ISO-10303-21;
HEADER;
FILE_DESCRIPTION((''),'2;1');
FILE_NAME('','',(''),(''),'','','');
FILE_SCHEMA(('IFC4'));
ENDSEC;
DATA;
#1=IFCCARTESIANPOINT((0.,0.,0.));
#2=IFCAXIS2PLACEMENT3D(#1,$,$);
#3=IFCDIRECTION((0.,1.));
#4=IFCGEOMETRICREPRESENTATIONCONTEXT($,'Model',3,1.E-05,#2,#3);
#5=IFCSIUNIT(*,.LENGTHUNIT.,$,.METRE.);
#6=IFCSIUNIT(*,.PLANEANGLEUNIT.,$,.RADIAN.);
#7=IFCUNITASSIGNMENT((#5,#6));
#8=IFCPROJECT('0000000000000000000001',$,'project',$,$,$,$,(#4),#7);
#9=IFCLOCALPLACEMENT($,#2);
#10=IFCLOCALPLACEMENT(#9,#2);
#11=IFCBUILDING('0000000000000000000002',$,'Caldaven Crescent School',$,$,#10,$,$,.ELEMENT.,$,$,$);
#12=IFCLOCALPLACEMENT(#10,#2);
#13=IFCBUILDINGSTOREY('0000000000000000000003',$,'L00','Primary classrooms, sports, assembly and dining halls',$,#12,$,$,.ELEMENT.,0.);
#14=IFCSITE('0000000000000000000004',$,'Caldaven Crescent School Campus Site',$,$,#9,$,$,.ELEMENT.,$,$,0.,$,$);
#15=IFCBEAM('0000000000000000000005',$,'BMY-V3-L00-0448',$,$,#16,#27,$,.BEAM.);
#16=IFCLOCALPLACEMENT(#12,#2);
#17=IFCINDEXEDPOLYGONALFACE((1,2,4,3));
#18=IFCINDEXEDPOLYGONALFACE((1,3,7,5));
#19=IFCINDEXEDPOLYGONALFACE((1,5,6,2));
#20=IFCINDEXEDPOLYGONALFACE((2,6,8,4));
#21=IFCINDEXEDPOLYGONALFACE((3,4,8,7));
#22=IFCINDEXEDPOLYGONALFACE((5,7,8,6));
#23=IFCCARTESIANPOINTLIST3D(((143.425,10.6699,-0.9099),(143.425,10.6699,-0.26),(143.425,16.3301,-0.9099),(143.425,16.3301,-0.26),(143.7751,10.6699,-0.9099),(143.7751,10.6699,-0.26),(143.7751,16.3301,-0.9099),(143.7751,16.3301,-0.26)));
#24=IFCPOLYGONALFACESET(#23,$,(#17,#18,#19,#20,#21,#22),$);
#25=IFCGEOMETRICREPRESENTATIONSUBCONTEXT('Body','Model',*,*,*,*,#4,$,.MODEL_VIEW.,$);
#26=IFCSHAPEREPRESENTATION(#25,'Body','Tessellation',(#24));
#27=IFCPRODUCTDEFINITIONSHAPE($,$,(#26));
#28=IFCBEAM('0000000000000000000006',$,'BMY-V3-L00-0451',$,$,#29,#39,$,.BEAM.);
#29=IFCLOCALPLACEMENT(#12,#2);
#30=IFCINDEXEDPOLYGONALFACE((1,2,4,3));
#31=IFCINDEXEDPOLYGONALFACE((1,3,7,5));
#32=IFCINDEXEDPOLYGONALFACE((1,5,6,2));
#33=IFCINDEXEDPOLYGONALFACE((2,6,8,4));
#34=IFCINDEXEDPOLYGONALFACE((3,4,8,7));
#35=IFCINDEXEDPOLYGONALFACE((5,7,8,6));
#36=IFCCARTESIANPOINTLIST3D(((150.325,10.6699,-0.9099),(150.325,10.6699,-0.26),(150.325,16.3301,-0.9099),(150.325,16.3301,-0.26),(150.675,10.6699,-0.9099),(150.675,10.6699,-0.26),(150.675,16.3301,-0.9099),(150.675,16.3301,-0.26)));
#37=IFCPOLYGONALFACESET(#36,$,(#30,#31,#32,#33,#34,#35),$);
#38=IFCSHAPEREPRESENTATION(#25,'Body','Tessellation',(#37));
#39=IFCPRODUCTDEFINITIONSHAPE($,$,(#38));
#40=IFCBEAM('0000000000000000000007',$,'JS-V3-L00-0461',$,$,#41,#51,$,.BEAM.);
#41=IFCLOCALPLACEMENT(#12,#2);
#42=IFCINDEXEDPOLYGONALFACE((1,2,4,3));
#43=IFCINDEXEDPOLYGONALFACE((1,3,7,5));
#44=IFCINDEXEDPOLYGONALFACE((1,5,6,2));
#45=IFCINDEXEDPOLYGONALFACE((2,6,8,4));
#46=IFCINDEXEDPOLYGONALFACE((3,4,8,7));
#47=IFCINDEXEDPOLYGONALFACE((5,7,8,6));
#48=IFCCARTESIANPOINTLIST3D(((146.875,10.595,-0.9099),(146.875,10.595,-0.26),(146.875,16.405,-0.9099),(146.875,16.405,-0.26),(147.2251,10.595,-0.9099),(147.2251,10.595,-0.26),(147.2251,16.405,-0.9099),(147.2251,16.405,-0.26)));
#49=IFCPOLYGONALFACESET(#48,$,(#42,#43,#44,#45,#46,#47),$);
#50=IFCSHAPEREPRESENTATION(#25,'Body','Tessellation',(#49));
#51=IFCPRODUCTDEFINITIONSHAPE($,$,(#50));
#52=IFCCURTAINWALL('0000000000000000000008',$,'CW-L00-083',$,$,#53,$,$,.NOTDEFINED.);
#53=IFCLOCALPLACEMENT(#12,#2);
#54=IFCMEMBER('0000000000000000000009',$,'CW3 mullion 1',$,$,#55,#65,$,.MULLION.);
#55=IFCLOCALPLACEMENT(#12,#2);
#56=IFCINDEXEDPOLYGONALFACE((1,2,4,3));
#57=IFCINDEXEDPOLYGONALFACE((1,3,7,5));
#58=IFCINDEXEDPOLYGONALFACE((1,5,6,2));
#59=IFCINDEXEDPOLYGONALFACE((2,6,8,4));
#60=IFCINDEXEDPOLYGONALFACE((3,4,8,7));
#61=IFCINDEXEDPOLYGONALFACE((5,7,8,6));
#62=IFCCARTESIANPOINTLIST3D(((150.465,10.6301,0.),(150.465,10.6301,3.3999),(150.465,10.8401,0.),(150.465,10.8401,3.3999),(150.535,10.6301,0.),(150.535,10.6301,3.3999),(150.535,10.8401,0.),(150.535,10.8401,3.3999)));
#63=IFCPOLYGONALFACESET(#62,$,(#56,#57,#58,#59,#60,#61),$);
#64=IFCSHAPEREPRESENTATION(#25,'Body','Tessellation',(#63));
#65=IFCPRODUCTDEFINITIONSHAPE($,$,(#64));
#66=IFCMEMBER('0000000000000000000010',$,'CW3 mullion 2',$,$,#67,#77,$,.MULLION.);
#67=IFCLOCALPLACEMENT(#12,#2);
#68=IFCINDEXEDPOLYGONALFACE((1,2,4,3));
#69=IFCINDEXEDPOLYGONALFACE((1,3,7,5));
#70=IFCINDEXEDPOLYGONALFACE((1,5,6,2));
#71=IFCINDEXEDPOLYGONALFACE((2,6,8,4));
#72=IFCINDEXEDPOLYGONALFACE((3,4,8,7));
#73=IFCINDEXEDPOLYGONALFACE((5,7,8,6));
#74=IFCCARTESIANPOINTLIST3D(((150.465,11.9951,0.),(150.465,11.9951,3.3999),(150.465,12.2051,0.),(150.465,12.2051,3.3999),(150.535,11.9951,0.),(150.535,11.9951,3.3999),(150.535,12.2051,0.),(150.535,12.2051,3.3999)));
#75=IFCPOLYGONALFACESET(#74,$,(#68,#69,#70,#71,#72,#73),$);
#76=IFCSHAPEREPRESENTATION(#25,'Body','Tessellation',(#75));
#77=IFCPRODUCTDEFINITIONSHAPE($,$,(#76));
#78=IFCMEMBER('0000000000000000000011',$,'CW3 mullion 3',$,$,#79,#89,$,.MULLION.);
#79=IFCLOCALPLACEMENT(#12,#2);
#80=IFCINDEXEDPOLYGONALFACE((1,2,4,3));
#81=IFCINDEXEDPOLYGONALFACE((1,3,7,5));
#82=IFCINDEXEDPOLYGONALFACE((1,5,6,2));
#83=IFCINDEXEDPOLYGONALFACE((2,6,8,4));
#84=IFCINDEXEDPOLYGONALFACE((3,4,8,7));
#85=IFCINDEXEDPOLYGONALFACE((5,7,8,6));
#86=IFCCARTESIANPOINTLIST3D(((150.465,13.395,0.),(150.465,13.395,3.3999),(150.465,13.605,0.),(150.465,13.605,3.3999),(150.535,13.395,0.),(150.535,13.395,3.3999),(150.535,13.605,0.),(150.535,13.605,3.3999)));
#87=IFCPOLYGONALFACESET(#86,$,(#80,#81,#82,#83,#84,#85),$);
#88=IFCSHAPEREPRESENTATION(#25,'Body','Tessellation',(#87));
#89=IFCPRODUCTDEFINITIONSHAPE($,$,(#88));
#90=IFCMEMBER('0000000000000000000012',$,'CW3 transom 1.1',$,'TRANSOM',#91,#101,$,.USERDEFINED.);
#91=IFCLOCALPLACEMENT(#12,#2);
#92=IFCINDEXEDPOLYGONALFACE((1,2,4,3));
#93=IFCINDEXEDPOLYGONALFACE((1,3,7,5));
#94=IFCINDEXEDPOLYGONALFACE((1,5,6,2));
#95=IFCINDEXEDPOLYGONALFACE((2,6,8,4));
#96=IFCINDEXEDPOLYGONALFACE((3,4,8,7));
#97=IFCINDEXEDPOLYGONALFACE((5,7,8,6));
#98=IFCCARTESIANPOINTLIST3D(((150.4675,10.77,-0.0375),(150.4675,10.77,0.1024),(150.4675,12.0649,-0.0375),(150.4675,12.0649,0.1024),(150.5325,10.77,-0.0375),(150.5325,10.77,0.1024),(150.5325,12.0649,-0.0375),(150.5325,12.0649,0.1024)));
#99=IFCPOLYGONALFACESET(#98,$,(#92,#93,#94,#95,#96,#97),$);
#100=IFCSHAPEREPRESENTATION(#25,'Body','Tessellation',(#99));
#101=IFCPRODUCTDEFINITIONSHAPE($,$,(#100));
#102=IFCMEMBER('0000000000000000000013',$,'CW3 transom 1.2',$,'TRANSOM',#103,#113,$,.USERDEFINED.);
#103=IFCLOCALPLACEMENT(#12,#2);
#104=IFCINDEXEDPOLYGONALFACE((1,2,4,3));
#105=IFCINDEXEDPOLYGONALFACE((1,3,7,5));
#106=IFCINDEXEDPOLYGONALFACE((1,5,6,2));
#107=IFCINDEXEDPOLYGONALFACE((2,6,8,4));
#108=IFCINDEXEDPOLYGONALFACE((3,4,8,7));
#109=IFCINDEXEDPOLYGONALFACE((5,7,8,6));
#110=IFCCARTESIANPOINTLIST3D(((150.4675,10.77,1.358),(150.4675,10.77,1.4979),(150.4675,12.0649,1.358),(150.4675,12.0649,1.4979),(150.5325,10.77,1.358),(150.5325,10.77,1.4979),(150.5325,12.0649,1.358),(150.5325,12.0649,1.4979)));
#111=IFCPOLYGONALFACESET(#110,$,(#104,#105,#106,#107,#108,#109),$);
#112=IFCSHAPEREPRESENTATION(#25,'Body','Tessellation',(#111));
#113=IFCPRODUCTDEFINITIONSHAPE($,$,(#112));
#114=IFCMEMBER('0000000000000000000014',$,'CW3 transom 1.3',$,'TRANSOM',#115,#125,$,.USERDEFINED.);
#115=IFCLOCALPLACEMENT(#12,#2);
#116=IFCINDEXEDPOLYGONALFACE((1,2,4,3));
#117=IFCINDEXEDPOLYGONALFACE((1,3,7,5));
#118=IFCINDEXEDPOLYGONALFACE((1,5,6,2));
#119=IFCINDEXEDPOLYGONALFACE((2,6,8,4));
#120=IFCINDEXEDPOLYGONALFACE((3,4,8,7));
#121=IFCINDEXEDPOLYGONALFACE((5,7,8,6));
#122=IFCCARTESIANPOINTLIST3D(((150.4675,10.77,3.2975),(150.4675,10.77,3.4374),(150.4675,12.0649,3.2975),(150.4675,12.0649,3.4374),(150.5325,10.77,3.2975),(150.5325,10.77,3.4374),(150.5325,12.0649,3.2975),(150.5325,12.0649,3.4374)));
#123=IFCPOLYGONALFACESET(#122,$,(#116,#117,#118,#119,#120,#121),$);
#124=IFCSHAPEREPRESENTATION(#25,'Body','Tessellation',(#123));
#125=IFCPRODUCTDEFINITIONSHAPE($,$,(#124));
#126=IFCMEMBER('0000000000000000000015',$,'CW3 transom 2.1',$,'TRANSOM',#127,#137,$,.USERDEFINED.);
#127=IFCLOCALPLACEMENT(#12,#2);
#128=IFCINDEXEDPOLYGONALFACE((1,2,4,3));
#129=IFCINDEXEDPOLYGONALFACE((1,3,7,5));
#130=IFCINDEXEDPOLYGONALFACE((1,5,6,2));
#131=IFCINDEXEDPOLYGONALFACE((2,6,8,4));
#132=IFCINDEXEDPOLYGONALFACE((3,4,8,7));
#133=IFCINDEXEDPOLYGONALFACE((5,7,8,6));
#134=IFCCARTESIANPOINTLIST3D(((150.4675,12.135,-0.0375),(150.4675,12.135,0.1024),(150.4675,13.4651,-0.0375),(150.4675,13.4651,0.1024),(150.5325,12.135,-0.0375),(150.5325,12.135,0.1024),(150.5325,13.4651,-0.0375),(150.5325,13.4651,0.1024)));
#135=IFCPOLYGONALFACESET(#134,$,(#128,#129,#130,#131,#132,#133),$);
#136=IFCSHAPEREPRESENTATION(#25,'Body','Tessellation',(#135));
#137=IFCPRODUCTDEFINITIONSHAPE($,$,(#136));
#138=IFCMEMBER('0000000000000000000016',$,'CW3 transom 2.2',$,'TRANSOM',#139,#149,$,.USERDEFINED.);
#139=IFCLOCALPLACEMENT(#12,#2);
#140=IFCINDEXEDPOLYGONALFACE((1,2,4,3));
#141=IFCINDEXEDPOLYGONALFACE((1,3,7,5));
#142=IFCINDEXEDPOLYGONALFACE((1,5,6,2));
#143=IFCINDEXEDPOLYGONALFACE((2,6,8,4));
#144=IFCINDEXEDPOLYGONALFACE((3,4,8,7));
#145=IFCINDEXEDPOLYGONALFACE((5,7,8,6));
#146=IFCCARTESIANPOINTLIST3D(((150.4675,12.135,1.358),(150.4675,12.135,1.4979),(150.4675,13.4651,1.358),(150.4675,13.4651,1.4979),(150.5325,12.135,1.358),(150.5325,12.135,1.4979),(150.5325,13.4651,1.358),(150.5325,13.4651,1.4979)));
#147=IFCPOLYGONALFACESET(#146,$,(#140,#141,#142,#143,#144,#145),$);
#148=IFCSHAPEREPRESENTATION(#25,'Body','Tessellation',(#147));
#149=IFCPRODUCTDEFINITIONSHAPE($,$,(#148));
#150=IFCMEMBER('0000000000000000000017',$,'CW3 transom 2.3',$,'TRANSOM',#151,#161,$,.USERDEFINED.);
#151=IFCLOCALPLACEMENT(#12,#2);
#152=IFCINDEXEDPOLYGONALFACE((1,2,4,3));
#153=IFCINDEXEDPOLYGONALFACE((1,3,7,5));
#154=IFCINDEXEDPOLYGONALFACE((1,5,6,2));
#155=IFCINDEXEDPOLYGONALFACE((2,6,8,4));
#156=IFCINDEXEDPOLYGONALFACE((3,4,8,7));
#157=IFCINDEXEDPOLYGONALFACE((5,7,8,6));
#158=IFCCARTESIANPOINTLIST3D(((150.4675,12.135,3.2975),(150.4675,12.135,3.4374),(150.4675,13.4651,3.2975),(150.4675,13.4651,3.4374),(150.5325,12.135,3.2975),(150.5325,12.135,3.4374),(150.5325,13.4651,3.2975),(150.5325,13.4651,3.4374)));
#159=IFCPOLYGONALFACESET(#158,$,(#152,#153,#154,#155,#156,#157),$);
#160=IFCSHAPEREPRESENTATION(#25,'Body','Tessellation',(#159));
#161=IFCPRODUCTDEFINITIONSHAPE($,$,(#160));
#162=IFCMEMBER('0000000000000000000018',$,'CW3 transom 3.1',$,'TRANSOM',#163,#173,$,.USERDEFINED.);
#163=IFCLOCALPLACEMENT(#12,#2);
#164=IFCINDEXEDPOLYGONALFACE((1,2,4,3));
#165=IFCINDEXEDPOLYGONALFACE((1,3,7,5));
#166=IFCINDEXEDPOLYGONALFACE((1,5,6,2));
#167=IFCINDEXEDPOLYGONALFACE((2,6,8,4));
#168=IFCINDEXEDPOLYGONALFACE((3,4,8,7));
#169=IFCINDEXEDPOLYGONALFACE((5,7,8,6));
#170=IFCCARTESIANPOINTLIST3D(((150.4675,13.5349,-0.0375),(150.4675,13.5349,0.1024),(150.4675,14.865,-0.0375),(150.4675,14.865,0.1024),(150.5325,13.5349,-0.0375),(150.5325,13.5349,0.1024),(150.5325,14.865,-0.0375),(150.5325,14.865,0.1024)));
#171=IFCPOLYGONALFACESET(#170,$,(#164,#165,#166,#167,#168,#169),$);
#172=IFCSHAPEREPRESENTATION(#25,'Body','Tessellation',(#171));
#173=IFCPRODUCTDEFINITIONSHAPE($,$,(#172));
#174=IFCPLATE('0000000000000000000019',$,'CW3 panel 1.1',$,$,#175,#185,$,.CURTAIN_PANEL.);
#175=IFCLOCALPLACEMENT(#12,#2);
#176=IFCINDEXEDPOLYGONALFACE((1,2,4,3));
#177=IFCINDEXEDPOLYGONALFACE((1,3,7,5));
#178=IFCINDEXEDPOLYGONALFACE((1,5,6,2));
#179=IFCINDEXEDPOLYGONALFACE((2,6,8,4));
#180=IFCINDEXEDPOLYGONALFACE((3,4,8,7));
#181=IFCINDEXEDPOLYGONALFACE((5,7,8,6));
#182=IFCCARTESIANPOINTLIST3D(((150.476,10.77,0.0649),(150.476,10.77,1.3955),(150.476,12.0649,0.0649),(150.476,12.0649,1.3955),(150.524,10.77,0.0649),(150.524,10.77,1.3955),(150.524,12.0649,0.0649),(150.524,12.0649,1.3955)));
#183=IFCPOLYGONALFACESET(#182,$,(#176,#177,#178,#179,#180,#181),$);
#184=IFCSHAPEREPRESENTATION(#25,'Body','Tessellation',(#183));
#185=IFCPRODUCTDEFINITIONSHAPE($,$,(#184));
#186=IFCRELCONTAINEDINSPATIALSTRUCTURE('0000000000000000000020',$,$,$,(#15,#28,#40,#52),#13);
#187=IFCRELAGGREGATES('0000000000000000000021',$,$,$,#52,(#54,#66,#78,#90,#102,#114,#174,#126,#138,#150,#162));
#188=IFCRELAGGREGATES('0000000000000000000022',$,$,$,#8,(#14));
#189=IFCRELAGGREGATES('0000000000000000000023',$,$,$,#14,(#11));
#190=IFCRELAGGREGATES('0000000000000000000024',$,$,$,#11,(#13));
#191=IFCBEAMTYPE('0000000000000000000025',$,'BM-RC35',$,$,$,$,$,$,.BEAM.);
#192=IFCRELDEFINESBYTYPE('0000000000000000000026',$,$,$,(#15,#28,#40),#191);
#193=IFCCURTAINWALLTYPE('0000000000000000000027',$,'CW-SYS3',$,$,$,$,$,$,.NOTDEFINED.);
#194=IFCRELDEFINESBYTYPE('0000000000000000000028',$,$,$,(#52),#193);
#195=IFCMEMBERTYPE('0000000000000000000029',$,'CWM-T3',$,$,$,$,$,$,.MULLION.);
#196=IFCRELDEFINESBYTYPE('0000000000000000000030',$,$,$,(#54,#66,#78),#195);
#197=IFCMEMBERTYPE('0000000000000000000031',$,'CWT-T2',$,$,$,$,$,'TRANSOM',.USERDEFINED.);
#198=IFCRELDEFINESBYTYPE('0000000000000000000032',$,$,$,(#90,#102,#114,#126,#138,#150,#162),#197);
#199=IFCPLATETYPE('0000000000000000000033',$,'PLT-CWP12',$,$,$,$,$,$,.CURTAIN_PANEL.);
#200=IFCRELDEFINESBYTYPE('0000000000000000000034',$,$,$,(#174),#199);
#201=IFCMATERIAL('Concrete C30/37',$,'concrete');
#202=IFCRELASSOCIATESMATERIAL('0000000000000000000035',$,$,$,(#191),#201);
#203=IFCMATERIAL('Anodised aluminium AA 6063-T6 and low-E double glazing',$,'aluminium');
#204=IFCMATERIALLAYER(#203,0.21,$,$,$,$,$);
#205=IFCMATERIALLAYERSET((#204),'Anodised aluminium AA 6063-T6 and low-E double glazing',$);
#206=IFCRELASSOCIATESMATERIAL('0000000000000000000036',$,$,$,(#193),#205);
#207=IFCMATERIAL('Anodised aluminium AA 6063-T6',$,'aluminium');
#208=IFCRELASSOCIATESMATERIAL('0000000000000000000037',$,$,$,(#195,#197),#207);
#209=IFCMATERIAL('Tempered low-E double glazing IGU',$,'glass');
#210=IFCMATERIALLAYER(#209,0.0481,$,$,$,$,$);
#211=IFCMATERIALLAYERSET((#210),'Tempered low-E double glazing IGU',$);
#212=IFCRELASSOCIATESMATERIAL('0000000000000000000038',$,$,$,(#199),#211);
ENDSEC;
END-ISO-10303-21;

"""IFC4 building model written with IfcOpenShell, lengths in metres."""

from ifc_helpers import new_model, si_unit, direction, frame, origin, origin_2d, place, context, subcontext, project, spatial, rectangle, extrude, material, layer, layer_set, material_profile, profile_set, type_object, element, aggregate, save


model = new_model("IFC4")

# Units and contexts
model_context = context("Model", 3, precision=1e-05, world=origin(), true_north=direction((0.0, 1.0)))
body_context = subcontext(model_context, "Body", "Model", "MODEL_VIEW")
ifc_project = project(units=[si_unit("LENGTHUNIT", "METRE"), si_unit("PLANEANGLEUNIT", "RADIAN")], contexts=[model_context])

# Site, building, storey
site_placement = place(None, origin())
site = spatial("IfcSite", under=ifc_project, at=site_placement, Name="Caldaven Crescent School Campus Site", CompositionType="ELEMENT", RefElevation=0.0)
building_placement = place(site_placement, origin())
building = spatial("IfcBuilding", under=site, at=building_placement, Name="Caldaven Crescent School", CompositionType="ELEMENT")
storey_placement = place(building_placement, origin())
storey = spatial("IfcBuildingStorey", under=building, at=storey_placement, Name="L00", Description="Primary classrooms, sports, assembly and dining halls", CompositionType="ELEMENT", Elevation=0.0)

# Beams
ifc_material_1 = material(Name="Concrete C30/37", Category="concrete")
ifc_material_profile_1 = material_profile(ifc_material_1, rectangle(XDim=0.3501, YDim=0.6499, at=origin_2d()), Name="RC 350x650")
ifc_profile_set_1 = profile_set([ifc_material_profile_1], Name="Concrete C30/37")
beam_type = type_object("IfcBeamType", Name="BM-RC35", PredefinedType="BEAM", material=ifc_profile_set_1)
for number, where, z_axis, x_axis, name in (
    (1, (143.6001, 10.6699, -0.585), (0.0, 1.0, 0.0), (-1.0, 0.0, 0.0), "BMY-V3-L00-0448"),
    (2, (150.5, 10.6699, -0.585), (0.0, 1.0, 0.0), (-1.0, 0.0, 0.0), "BMY-V3-L00-0451"),
):
    element("IfcBeam", number, at=place(storey_placement, frame(where, z_axis=z_axis, x_axis=x_axis)), inside=storey, type_object=beam_type, Name=name, PredefinedType="BEAM", context=body_context, shape_type="SweptSolid", body=[
        extrude(rectangle(XDim=0.3501, YDim=0.6499, at=origin_2d()), origin(), (0.0, 0.0, 1.0), 5.6602),
    ])
beam_placement = place(storey_placement, frame((147.05, 10.595, -0.585), z_axis=(0.0, 1.0, 0.0), x_axis=(-1.0, 0.0, 0.0)))
element("IfcBeam", 3, at=beam_placement, inside=storey, type_object=beam_type, Name="JS-V3-L00-0461", PredefinedType="BEAM", context=body_context, shape_type="SweptSolid", body=[
    extrude(rectangle(XDim=0.3501, YDim=0.6499, at=origin_2d()), origin(), (0.0, 0.0, 1.0), 5.8101),
])

# Curtain wall, members, plate
ifc_material_2 = material(Name="Anodised aluminium AA 6063-T6 and low-E double glazing", Category="aluminium")
ifc_layer_1 = layer(ifc_material_2, 0.21)
ifc_layer_set_1 = layer_set([ifc_layer_1], Name="Anodised aluminium AA 6063-T6 and low-E double glazing")
curtain_wall_type = type_object("IfcCurtainWallType", Name="CW-SYS3", PredefinedType="NOTDEFINED", material=ifc_layer_set_1)
curtain_wall_placement = place(storey_placement, origin())
curtain_wall = element("IfcCurtainWall", 4, at=curtain_wall_placement, inside=storey, type_object=curtain_wall_type, Name="CW-L00-083", PredefinedType="NOTDEFINED")
ifc_material_3 = material(Name="Anodised aluminium AA 6063-T6", Category="aluminium")
ifc_material_profile_2 = material_profile(ifc_material_3, rectangle(XDim=0.0701, YDim=0.21, at=origin_2d()), Name="CWM 70x210")
ifc_profile_set_2 = profile_set([ifc_material_profile_2], Name="Anodised aluminium AA 6063-T6")
member_type_1 = type_object("IfcMemberType", Name="CWM-T3", PredefinedType="MULLION", material=ifc_profile_set_2)
member_1_placement = place(storey_placement, frame((150.5, 10.7351, 0.0), z_axis=(0.0, 0.0, 1.0), x_axis=(-1.0, 0.0, 0.0)))
member_1 = element("IfcMember", 5, at=member_1_placement, type_object=member_type_1, Name="CW3 mullion 1", PredefinedType="MULLION", context=body_context, shape_type="SweptSolid", body=[
    extrude(rectangle(XDim=0.0701, YDim=0.21, at=origin_2d()), origin(), (0.0, 0.0, 1.0), 3.3999),
])
member_2_placement = place(storey_placement, frame((150.5, 12.1001, 0.0), z_axis=(0.0, 0.0, 1.0), x_axis=(-1.0, 0.0, 0.0)))
member_2 = element("IfcMember", 6, at=member_2_placement, type_object=member_type_1, Name="CW3 mullion 2", PredefinedType="MULLION", context=body_context, shape_type="SweptSolid", body=[
    extrude(rectangle(XDim=0.0701, YDim=0.21, at=origin_2d()), origin(), (0.0, 0.0, 1.0), 3.3999),
])
member_3_placement = place(storey_placement, frame((150.5, 13.5, 0.0), z_axis=(0.0, 0.0, 1.0), x_axis=(-1.0, 0.0, 0.0)))
member_3 = element("IfcMember", 7, at=member_3_placement, type_object=member_type_1, Name="CW3 mullion 3", PredefinedType="MULLION", context=body_context, shape_type="SweptSolid", body=[
    extrude(rectangle(XDim=0.0701, YDim=0.21, at=origin_2d()), origin(), (0.0, 0.0, 1.0), 3.3999),
])
ifc_material_profile_3 = material_profile(ifc_material_3, rectangle(XDim=0.0649, YDim=0.1399, at=origin_2d()), Name="CWT 65x140")
ifc_profile_set_3 = profile_set([ifc_material_profile_3], Name="Anodised aluminium AA 6063-T6")
member_type_2 = type_object("IfcMemberType", Name="CWT-T2", ElementType="TRANSOM", PredefinedType="USERDEFINED", material=ifc_profile_set_3)
member_4_placement = place(storey_placement, frame((150.5, 10.77, 0.0325), z_axis=(0.0, 1.0, 0.0), x_axis=(-1.0, 0.0, 0.0)))
member_4 = element("IfcMember", 8, at=member_4_placement, type_object=member_type_2, Name="CW3 transom 1.1", ObjectType="TRANSOM", PredefinedType="USERDEFINED", context=body_context, shape_type="SweptSolid", body=[
    extrude(rectangle(XDim=0.0649, YDim=0.1399, at=origin_2d()), origin(), (0.0, 0.0, 1.0), 1.2949),
])
member_5_placement = place(storey_placement, frame((150.5, 10.77, 1.428), z_axis=(0.0, 1.0, 0.0), x_axis=(-1.0, 0.0, 0.0)))
member_5 = element("IfcMember", 9, at=member_5_placement, type_object=member_type_2, Name="CW3 transom 1.2", ObjectType="TRANSOM", PredefinedType="USERDEFINED", context=body_context, shape_type="SweptSolid", body=[
    extrude(rectangle(XDim=0.0649, YDim=0.1399, at=origin_2d()), origin(), (0.0, 0.0, 1.0), 1.2949),
])
member_6_placement = place(storey_placement, frame((150.5, 10.77, 3.3674), z_axis=(0.0, 1.0, 0.0), x_axis=(-1.0, 0.0, 0.0)))
member_6 = element("IfcMember", 10, at=member_6_placement, type_object=member_type_2, Name="CW3 transom 1.3", ObjectType="TRANSOM", PredefinedType="USERDEFINED", context=body_context, shape_type="SweptSolid", body=[
    extrude(rectangle(XDim=0.0649, YDim=0.1399, at=origin_2d()), origin(), (0.0, 0.0, 1.0), 1.2949),
])
member_7_placement = place(storey_placement, frame((150.5, 12.135, 0.0325), z_axis=(0.0, 1.0, 0.0), x_axis=(-1.0, 0.0, 0.0)))
member_7 = element("IfcMember", 11, at=member_7_placement, type_object=member_type_2, Name="CW3 transom 2.1", ObjectType="TRANSOM", PredefinedType="USERDEFINED", context=body_context, shape_type="SweptSolid", body=[
    extrude(rectangle(XDim=0.0649, YDim=0.1399, at=origin_2d()), origin(), (0.0, 0.0, 1.0), 1.3301),
])
member_8_placement = place(storey_placement, frame((150.5, 12.135, 1.428), z_axis=(0.0, 1.0, 0.0), x_axis=(-1.0, 0.0, 0.0)))
member_8 = element("IfcMember", 12, at=member_8_placement, type_object=member_type_2, Name="CW3 transom 2.2", ObjectType="TRANSOM", PredefinedType="USERDEFINED", context=body_context, shape_type="SweptSolid", body=[
    extrude(rectangle(XDim=0.0649, YDim=0.1399, at=origin_2d()), origin(), (0.0, 0.0, 1.0), 1.3301),
])
member_9_placement = place(storey_placement, frame((150.5, 12.135, 3.3674), z_axis=(0.0, 1.0, 0.0), x_axis=(-1.0, 0.0, 0.0)))
member_9 = element("IfcMember", 13, at=member_9_placement, type_object=member_type_2, Name="CW3 transom 2.3", ObjectType="TRANSOM", PredefinedType="USERDEFINED", context=body_context, shape_type="SweptSolid", body=[
    extrude(rectangle(XDim=0.0649, YDim=0.1399, at=origin_2d()), origin(), (0.0, 0.0, 1.0), 1.3301),
])
member_10_placement = place(storey_placement, frame((150.5, 13.5349, 0.0325), z_axis=(0.0, 1.0, 0.0), x_axis=(-1.0, 0.0, 0.0)))
member_10 = element("IfcMember", 14, at=member_10_placement, type_object=member_type_2, Name="CW3 transom 3.1", ObjectType="TRANSOM", PredefinedType="USERDEFINED", context=body_context, shape_type="SweptSolid", body=[
    extrude(rectangle(XDim=0.0649, YDim=0.1399, at=origin_2d()), origin(), (0.0, 0.0, 1.0), 1.3301),
])
ifc_material_4 = material(Name="Tempered low-E double glazing IGU", Category="glass")
ifc_layer_2 = layer(ifc_material_4, 0.0481)
ifc_layer_set_2 = layer_set([ifc_layer_2], Name="Tempered low-E double glazing IGU")
plate_type = type_object("IfcPlateType", Name="PLT-CWP12", PredefinedType="CURTAIN_PANEL", material=ifc_layer_set_2)
plate_1_placement = place(storey_placement, frame((150.5, 11.4175, 0.0649), z_axis=(0.0, 0.0, 1.0), x_axis=(0.0, 1.0, 0.0)))
plate_1 = element("IfcPlate", 15, at=plate_1_placement, type_object=plate_type, Name="CW3 panel 1.1", PredefinedType="CURTAIN_PANEL", context=body_context, shape_type="SweptSolid", body=[
    extrude(rectangle(XDim=1.2949, YDim=0.0481, at=origin_2d()), origin(), (0.0, 0.0, 1.0), 1.3306),
])
aggregate(curtain_wall, [member_1, member_2, member_3, member_4, member_5, member_6, plate_1, member_7, member_8, member_9, member_10])

save(model, "model.ifc")
